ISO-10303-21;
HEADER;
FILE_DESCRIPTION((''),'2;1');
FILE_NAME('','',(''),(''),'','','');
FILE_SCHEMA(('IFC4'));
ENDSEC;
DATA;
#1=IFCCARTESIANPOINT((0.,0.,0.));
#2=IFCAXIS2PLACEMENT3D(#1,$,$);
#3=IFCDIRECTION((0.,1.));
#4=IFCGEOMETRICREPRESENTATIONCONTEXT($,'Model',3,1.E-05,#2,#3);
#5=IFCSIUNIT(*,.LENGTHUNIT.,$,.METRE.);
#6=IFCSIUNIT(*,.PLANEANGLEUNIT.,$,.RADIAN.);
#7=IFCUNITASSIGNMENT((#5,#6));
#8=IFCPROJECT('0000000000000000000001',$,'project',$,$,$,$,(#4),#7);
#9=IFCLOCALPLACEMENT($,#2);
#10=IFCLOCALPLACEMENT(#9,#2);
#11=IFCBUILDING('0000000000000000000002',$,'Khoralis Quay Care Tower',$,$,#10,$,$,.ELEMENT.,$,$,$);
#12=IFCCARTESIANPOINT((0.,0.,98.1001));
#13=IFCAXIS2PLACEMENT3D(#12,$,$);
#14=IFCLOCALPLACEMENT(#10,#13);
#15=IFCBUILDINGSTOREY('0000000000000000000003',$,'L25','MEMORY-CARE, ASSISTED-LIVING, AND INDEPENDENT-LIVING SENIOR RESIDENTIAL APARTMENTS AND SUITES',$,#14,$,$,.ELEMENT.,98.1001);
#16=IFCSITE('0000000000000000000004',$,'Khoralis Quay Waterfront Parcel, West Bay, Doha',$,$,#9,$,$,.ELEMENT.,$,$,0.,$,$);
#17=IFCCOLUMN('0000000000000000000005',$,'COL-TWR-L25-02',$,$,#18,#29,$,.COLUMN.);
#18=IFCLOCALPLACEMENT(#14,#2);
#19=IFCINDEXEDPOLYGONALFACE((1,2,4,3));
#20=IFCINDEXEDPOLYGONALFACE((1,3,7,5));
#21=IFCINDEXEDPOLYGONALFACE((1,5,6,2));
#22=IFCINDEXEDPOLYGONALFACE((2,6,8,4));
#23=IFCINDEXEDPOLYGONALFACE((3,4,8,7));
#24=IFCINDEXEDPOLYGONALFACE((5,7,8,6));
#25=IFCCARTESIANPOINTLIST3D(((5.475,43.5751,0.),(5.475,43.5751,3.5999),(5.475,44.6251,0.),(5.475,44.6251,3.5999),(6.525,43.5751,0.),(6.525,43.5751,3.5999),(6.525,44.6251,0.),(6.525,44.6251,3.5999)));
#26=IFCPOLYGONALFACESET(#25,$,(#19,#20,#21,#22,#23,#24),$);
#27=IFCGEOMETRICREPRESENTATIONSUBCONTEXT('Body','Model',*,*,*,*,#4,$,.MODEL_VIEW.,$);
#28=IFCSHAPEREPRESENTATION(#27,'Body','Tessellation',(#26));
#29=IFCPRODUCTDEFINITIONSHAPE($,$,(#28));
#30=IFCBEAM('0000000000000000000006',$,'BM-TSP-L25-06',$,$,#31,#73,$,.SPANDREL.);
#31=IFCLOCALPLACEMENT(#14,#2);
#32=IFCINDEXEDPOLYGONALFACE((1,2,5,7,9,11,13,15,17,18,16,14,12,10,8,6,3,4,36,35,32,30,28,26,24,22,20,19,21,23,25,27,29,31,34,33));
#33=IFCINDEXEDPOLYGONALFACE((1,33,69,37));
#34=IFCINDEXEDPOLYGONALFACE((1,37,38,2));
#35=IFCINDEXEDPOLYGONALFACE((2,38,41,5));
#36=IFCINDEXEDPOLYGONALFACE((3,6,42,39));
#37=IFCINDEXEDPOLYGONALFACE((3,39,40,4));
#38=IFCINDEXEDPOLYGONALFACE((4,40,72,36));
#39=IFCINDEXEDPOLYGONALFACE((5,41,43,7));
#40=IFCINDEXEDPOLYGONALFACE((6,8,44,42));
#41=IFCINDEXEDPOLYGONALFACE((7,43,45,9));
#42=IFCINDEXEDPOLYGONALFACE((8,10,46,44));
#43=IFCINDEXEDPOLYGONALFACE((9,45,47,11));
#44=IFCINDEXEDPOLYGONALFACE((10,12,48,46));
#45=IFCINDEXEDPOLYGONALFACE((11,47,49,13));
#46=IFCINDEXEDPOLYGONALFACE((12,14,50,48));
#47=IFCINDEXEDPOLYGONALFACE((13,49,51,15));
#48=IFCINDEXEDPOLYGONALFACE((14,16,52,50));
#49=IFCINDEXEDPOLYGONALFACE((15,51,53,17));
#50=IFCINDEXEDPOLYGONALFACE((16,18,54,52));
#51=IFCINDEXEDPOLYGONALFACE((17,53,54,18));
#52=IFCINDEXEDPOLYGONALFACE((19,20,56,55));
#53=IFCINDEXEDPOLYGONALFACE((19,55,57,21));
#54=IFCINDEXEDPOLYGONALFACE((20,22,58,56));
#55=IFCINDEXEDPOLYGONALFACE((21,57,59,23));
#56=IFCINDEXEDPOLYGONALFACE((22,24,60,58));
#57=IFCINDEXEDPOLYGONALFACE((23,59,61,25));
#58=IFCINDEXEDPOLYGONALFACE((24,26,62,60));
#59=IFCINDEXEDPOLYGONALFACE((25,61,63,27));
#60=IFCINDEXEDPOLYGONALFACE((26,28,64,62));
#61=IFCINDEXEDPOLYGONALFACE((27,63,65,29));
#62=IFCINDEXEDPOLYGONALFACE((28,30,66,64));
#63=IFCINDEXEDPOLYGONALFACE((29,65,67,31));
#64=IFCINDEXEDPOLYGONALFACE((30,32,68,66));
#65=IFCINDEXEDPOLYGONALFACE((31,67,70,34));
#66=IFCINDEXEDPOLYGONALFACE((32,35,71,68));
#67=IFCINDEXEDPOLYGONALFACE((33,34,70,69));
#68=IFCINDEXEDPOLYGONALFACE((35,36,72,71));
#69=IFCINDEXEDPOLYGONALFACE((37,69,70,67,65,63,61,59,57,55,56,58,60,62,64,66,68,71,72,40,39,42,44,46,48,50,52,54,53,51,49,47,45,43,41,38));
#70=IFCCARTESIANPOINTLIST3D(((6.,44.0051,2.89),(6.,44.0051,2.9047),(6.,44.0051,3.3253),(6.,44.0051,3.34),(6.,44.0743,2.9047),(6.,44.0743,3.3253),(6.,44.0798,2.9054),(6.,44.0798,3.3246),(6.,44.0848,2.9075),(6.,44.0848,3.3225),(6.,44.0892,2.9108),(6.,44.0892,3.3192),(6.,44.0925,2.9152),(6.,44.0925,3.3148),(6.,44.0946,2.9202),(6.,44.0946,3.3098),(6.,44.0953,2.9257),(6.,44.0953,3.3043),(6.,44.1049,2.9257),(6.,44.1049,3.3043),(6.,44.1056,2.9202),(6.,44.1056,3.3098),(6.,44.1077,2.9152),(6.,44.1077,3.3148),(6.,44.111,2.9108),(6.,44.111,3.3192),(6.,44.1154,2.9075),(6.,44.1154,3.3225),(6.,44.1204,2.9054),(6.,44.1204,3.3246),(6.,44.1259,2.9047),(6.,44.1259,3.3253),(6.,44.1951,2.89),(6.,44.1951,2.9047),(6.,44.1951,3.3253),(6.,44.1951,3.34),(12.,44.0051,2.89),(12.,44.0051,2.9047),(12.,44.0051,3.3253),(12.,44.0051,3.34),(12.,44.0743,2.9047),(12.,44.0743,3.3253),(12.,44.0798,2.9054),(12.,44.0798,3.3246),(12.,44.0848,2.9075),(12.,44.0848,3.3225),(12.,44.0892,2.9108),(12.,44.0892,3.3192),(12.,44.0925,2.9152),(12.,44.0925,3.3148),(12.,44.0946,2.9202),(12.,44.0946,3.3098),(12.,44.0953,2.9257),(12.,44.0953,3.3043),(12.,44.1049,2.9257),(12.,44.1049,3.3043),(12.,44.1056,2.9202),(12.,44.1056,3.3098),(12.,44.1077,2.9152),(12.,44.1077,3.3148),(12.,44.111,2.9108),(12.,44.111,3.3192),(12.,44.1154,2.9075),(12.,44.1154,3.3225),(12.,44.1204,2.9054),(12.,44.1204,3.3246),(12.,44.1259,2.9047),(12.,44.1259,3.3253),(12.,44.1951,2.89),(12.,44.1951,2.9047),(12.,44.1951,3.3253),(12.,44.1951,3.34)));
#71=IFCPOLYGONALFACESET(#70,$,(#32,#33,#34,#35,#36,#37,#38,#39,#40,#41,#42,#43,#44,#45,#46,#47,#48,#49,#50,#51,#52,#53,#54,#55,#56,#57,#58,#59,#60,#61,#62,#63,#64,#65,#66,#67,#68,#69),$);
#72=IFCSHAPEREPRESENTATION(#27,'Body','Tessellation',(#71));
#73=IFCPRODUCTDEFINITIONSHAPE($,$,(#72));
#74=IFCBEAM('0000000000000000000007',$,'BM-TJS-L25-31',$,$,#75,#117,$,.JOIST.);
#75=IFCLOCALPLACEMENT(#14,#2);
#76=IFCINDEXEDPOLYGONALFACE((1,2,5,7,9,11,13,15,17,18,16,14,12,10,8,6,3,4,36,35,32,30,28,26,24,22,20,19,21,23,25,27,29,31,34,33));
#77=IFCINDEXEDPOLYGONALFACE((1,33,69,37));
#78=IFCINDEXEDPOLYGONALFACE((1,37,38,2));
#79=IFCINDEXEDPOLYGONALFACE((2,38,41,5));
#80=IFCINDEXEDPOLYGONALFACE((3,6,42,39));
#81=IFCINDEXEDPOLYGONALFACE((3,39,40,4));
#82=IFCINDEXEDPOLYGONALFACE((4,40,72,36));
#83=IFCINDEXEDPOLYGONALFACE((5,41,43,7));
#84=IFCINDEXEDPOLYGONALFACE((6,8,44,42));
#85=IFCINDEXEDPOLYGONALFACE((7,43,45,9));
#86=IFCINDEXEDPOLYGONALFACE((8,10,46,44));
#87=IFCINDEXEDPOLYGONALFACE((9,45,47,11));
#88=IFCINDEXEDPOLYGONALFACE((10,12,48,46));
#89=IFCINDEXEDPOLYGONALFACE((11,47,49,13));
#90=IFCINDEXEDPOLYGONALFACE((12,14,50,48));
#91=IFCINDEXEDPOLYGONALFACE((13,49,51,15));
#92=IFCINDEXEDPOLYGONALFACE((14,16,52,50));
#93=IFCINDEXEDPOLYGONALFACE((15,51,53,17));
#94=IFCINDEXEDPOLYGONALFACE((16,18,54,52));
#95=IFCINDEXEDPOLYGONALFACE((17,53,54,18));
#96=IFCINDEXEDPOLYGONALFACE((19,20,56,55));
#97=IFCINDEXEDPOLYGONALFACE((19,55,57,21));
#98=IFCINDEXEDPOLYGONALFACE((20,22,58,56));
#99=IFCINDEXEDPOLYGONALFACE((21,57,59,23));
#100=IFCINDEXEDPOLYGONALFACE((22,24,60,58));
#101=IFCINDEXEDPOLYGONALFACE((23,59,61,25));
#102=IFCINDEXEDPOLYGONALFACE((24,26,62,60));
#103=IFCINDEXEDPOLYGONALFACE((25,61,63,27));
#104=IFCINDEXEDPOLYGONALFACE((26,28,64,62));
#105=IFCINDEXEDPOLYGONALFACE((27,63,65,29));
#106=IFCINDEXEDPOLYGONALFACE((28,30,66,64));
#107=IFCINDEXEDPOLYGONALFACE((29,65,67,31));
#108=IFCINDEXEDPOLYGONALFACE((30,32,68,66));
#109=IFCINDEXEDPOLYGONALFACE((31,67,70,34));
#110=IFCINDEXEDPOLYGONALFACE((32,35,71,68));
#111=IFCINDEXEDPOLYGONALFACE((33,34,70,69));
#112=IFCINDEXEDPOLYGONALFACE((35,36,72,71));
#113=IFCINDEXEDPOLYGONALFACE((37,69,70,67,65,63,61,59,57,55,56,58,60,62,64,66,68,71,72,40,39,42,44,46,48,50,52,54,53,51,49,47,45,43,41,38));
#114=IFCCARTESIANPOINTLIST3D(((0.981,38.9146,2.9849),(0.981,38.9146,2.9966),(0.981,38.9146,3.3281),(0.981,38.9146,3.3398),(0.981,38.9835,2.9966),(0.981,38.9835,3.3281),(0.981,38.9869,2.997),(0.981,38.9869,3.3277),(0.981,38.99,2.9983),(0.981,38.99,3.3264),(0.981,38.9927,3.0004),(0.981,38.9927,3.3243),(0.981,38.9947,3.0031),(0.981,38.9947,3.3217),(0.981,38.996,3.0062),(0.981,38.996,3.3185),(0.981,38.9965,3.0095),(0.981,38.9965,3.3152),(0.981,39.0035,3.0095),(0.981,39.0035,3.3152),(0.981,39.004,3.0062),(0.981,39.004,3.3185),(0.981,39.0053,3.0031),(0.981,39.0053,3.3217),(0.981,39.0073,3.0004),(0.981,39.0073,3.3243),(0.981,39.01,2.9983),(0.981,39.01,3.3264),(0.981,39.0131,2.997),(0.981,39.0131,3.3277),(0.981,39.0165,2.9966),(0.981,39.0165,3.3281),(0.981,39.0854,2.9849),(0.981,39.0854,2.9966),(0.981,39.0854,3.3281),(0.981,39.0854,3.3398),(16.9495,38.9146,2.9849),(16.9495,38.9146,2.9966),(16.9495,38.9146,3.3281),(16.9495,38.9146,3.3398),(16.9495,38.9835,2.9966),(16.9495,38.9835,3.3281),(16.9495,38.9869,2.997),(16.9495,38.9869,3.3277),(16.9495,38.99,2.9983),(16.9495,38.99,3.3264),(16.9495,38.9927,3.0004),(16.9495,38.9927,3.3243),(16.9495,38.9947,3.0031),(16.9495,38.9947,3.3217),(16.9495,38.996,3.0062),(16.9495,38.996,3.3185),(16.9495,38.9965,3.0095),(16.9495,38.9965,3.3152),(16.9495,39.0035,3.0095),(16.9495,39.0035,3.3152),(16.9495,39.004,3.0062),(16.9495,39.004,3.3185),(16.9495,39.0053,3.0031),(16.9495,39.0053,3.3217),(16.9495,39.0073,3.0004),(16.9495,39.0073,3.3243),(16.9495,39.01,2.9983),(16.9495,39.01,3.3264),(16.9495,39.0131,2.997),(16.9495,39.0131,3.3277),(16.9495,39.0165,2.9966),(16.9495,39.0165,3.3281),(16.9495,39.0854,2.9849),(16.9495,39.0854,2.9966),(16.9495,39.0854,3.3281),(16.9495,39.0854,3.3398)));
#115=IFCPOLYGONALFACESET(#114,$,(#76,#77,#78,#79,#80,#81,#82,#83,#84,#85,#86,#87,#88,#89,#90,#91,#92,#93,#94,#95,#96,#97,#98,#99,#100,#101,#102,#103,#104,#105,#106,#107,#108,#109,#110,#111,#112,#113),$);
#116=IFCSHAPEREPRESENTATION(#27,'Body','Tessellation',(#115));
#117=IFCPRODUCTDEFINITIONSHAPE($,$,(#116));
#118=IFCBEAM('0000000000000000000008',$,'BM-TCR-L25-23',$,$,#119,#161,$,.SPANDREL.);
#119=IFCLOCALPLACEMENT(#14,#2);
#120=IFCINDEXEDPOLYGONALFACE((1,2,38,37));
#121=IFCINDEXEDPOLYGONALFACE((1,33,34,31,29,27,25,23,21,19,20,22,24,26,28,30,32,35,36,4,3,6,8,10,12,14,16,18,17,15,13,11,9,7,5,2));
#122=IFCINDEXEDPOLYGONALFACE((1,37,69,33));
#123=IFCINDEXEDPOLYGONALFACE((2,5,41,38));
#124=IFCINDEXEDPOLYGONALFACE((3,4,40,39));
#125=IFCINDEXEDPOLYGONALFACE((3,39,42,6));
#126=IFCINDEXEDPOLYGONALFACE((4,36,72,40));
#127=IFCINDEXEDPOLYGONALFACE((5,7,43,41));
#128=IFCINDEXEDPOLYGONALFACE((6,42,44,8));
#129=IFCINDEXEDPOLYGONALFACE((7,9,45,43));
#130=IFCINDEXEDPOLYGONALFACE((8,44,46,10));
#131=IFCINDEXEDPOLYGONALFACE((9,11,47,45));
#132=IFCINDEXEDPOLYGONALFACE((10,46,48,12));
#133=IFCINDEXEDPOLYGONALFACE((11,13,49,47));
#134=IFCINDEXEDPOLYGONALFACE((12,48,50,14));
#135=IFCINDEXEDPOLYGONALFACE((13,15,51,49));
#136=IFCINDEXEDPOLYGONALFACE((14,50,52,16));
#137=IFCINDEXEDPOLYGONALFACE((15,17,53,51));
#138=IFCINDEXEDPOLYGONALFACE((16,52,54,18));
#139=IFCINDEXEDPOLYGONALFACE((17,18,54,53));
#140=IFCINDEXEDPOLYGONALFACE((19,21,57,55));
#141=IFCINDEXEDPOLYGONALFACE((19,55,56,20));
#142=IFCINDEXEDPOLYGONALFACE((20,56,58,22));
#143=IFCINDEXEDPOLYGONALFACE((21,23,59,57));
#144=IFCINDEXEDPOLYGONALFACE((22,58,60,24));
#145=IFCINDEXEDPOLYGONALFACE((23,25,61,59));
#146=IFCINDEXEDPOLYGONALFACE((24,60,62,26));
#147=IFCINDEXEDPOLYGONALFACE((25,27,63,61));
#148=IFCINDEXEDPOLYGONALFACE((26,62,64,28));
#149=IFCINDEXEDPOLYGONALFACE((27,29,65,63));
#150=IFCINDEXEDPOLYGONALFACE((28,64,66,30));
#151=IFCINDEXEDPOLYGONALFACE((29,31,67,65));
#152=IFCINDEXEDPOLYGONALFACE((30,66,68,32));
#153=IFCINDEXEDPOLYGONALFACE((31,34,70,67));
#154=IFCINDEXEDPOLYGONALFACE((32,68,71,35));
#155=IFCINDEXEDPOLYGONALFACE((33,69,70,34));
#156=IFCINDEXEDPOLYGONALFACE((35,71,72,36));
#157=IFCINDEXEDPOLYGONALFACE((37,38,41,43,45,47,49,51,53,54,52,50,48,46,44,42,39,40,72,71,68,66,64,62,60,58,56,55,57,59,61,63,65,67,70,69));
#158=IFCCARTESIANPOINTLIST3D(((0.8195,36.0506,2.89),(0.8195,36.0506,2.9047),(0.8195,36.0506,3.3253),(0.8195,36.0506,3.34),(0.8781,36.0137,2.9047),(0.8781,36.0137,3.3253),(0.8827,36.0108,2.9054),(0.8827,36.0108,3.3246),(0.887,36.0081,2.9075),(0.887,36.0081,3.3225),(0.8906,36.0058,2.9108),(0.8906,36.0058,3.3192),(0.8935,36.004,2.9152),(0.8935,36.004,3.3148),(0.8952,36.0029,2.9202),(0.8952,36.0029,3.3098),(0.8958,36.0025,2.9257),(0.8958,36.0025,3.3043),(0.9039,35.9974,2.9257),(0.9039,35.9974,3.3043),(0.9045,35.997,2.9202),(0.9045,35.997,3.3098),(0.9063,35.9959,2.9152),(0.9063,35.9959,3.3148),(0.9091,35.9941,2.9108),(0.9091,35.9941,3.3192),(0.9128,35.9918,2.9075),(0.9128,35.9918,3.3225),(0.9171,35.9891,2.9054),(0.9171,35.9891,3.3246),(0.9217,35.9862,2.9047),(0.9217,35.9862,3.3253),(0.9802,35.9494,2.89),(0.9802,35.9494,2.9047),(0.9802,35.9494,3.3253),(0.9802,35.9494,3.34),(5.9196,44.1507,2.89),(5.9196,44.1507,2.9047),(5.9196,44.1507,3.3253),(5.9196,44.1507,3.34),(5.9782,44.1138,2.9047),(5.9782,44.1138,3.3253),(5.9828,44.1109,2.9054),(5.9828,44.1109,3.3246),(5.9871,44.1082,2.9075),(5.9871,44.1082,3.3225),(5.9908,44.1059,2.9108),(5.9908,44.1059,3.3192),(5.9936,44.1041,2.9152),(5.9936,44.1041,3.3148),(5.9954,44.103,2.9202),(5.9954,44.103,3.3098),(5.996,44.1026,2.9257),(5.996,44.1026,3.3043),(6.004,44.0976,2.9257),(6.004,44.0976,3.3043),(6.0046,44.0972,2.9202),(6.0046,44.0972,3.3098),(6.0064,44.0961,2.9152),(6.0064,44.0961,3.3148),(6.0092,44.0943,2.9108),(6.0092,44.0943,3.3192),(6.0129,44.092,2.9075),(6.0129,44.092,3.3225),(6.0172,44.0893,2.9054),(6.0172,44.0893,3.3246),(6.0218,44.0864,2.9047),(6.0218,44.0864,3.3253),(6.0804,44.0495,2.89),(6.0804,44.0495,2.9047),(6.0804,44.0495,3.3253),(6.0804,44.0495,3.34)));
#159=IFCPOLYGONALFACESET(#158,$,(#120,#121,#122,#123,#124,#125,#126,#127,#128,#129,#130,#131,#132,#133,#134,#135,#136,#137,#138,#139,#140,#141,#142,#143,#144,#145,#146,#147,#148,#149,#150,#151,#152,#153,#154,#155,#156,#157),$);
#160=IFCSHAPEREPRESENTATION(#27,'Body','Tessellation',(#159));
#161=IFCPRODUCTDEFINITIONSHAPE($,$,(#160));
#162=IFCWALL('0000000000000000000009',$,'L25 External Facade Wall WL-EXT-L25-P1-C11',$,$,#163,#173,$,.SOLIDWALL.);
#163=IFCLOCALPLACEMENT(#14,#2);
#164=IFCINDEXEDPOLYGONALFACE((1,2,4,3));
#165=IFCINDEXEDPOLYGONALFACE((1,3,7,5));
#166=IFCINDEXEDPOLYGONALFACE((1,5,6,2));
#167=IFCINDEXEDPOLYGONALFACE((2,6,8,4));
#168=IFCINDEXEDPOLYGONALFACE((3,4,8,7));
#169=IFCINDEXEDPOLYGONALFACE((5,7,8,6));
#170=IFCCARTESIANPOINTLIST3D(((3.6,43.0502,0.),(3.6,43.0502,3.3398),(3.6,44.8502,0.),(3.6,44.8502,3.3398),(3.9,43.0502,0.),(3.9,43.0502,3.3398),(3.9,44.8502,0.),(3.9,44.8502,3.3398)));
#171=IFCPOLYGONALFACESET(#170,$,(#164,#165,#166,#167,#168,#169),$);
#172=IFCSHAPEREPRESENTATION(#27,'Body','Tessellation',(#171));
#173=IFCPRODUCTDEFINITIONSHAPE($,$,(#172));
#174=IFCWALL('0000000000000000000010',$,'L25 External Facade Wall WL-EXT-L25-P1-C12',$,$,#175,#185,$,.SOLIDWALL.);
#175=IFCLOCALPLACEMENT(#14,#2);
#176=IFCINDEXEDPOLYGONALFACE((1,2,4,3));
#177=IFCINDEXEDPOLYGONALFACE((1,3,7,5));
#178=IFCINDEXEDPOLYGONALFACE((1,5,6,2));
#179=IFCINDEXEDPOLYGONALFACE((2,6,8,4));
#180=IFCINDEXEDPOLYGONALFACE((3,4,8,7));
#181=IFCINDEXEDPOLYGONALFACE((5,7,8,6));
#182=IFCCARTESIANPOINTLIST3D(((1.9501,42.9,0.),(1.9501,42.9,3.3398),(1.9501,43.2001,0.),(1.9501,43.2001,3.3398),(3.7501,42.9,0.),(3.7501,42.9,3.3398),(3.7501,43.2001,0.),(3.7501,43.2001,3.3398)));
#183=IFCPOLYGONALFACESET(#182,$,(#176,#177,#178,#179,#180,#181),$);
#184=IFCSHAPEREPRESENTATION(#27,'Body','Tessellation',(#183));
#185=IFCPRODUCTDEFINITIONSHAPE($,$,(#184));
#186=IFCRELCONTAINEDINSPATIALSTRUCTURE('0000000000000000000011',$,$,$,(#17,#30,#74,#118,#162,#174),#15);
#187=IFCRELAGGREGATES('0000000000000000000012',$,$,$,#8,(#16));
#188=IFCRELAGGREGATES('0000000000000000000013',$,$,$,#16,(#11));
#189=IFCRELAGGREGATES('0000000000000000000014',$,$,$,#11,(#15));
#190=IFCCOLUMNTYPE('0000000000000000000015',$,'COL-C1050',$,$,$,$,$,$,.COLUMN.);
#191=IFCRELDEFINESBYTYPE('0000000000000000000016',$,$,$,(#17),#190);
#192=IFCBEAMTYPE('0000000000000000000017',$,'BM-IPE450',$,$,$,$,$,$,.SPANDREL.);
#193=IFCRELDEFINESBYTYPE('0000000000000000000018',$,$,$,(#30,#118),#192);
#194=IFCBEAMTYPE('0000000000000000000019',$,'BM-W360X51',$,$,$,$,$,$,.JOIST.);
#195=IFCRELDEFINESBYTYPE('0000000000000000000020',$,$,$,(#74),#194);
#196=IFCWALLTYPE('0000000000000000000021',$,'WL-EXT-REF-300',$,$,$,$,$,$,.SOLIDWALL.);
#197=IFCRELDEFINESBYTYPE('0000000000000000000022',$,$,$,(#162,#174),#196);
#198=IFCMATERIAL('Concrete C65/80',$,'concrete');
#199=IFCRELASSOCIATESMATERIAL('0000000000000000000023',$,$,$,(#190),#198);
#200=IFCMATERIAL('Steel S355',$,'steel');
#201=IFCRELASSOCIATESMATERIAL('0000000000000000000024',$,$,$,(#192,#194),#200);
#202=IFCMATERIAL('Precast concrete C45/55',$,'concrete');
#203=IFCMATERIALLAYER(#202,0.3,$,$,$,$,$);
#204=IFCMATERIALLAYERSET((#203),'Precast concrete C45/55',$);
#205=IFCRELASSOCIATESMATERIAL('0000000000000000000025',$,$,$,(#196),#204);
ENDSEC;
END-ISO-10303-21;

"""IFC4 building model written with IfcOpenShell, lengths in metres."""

from ifc_helpers import new_model, si_unit, direction, frame, frame_2d, origin, origin_2d, place, context, subcontext, project, spatial, rectangle, i_section, extrude, source, transform, mapped, material, layer, layer_set, material_profile, profile_set, type_object, element, save


model = new_model("IFC4")

# Units and contexts
model_context = context("Model", 3, precision=1e-05, world=origin(), true_north=direction((0.0, 1.0)))
body_context = subcontext(model_context, "Body", "Model", "MODEL_VIEW")
ifc_project = project(units=[si_unit("LENGTHUNIT", "METRE"), si_unit("PLANEANGLEUNIT", "RADIAN")], contexts=[model_context])

# Site, building, storey
site_placement = place(None, origin())
site = spatial("IfcSite", under=ifc_project, at=site_placement, Name="Khoralis Quay Waterfront Parcel, West Bay, Doha", CompositionType="ELEMENT", RefElevation=0.0)
building_placement = place(site_placement, origin())
building = spatial("IfcBuilding", under=site, at=building_placement, Name="Khoralis Quay Care Tower", CompositionType="ELEMENT")
storey_placement = place(building_placement, frame((0.0, 0.0, 98.1001)))
storey = spatial("IfcBuildingStorey", under=building, at=storey_placement, Name="L25", Description="MEMORY-CARE, ASSISTED-LIVING, AND INDEPENDENT-LIVING SENIOR RESIDENTIAL APARTMENTS AND SUITES", CompositionType="ELEMENT", Elevation=98.1001)

# Column
ifc_material_1 = material(Name="Concrete C65/80", Category="concrete")
ifc_material_profile_1 = material_profile(ifc_material_1, rectangle(XDim=1.05, YDim=1.05, at=origin_2d()), Name="Concrete C65/80")
ifc_profile_set_1 = profile_set([ifc_material_profile_1], Name="Concrete C65/80")
column_type = type_object("IfcColumnType", Name="COL-C1050", PredefinedType="COLUMN", material=ifc_profile_set_1)
shared_shape_1 = source(origin(), body_context, "Body", "SweptSolid", [
    extrude(rectangle(XDim=1.05, YDim=1.05, at=origin_2d()), origin(), (0.0, 0.0, 1.0), 3.5999),
])
column_placement = place(storey_placement, frame((6.0, 44.1001, 0.0), z_axis=(0.0, 0.0, 1.0), x_axis=(1.0, 0.0, 0.0)))
element("IfcColumn", 1, at=column_placement, inside=storey, type_object=column_type, Name="COL-TWR-L25-02", PredefinedType="COLUMN", context=body_context, shape_type="MappedRepresentation", body=[
    mapped(shared_shape_1, transform((0.0, 0.0, 0.0), scale=1.0)),
])

# Beams
ifc_material_2 = material(Name="Steel S355", Category="steel")
ifc_material_profile_2 = material_profile(ifc_material_2, i_section(OverallWidth=0.1899, OverallDepth=0.45, WebThickness=0.0095, FlangeThickness=0.0146, FilletRadius=0.021, at=origin_2d()), Name="Steel S355")
ifc_profile_set_2 = profile_set([ifc_material_profile_2], Name="Steel S355")
beam_type_1 = type_object("IfcBeamType", Name="BM-IPE450", PredefinedType="SPANDREL", material=ifc_profile_set_2)
shared_shape_2 = source(origin(), body_context, "Body", "SweptSolid", [
    extrude(i_section(OverallWidth=0.1899, OverallDepth=0.45, WebThickness=0.0095, FlangeThickness=0.0146, FilletRadius=0.021, at=origin_2d()), origin(), (0.0, 0.0, 1.0), 6.0),
])
beam_1_placement = place(storey_placement, frame((6.0, 44.1001, 3.115), z_axis=(1.0, 0.0, 0.0), x_axis=(0.0, 1.0, 0.0)))
element("IfcBeam", 2, at=beam_1_placement, inside=storey, type_object=beam_type_1, Name="BM-TSP-L25-06", PredefinedType="SPANDREL", context=body_context, shape_type="MappedRepresentation", body=[
    mapped(shared_shape_2, transform((0.0, 0.0, 0.0), scale=1.0)),
])
ifc_material_profile_3 = material_profile(ifc_material_2, i_section(OverallWidth=0.1709, OverallDepth=0.355, WebThickness=0.0071, FlangeThickness=0.0117, FilletRadius=0.0129, at=origin_2d()), Name="Steel S355")
ifc_profile_set_3 = profile_set([ifc_material_profile_3], Name="Steel S355")
beam_type_2 = type_object("IfcBeamType", Name="BM-W360X51", PredefinedType="JOIST", material=ifc_profile_set_3)
shared_shape_3 = source(origin(), body_context, "Body", "SweptSolid", [
    extrude(i_section(OverallWidth=0.1709, OverallDepth=0.355, WebThickness=0.0071, FlangeThickness=0.0117, FilletRadius=0.0129, at=origin_2d()), origin(), (0.0, 0.0, 1.0), 15.9685),
])
beam_2_placement = place(storey_placement, frame((0.981, 39.0, 3.1624), z_axis=(1.0, 0.0, 0.0), x_axis=(0.0, 1.0, 0.0)))
element("IfcBeam", 3, at=beam_2_placement, inside=storey, type_object=beam_type_2, Name="BM-TJS-L25-31", PredefinedType="JOIST", context=body_context, shape_type="MappedRepresentation", body=[
    mapped(shared_shape_3, transform((0.0, 0.0, 0.0), scale=1.0)),
])
shared_shape_4 = source(origin(), body_context, "Body", "SweptSolid", [
    extrude(i_section(OverallWidth=0.1899, OverallDepth=0.45, WebThickness=0.0095, FlangeThickness=0.0146, FilletRadius=0.021, at=origin_2d()), origin(), (0.0, 0.0, 1.0), 9.572),
])
beam_3_placement = place(storey_placement, frame((6.0, 44.1001, 3.115), z_axis=(-0.532816, -0.846231, 0.0), x_axis=(0.846231, -0.532816, 0.0)))
element("IfcBeam", 4, at=beam_3_placement, inside=storey, type_object=beam_type_1, Name="BM-TCR-L25-23", PredefinedType="SPANDREL", context=body_context, shape_type="MappedRepresentation", body=[
    mapped(shared_shape_4, transform((0.0, 0.0, 0.0), scale=1.0)),
])

# Walls
ifc_material_3 = material(Name="Precast concrete C45/55", Category="concrete")
ifc_layer_1 = layer(ifc_material_3, 0.3)
ifc_layer_set_1 = layer_set([ifc_layer_1], Name="Precast concrete C45/55")
wall_type_1 = type_object("IfcWallType", Name="WL-EXT-REF-300", PredefinedType="SOLIDWALL", material=ifc_layer_set_1)
for number, where, z_axis, x_axis, name in (
    (5, (3.75, 44.8501, 0.0), (0.0, 0.0, 1.0), (0.0, -1.0, 0.0), "L25 External Facade Wall WL-EXT-L25-P1-C11"),
    (6, (3.75, 43.05, 0.0), (0.0, 0.0, 1.0), (-1.0, 0.0, 0.0), "L25 External Facade Wall WL-EXT-L25-P1-C12"),
):
    element("IfcWall", number, at=place(storey_placement, frame(where, z_axis=z_axis, x_axis=x_axis)), inside=storey, type_object=wall_type_1, Name=name, PredefinedType="SOLIDWALL", context=body_context, shape_type="SweptSolid", body=[
        extrude(rectangle(XDim=1.8, YDim=0.3, at=frame_2d((0.8999, 0.0))), origin(), (0.0, 0.0, 1.0), 3.3398),
    ])

save(model, "model.ifc")
